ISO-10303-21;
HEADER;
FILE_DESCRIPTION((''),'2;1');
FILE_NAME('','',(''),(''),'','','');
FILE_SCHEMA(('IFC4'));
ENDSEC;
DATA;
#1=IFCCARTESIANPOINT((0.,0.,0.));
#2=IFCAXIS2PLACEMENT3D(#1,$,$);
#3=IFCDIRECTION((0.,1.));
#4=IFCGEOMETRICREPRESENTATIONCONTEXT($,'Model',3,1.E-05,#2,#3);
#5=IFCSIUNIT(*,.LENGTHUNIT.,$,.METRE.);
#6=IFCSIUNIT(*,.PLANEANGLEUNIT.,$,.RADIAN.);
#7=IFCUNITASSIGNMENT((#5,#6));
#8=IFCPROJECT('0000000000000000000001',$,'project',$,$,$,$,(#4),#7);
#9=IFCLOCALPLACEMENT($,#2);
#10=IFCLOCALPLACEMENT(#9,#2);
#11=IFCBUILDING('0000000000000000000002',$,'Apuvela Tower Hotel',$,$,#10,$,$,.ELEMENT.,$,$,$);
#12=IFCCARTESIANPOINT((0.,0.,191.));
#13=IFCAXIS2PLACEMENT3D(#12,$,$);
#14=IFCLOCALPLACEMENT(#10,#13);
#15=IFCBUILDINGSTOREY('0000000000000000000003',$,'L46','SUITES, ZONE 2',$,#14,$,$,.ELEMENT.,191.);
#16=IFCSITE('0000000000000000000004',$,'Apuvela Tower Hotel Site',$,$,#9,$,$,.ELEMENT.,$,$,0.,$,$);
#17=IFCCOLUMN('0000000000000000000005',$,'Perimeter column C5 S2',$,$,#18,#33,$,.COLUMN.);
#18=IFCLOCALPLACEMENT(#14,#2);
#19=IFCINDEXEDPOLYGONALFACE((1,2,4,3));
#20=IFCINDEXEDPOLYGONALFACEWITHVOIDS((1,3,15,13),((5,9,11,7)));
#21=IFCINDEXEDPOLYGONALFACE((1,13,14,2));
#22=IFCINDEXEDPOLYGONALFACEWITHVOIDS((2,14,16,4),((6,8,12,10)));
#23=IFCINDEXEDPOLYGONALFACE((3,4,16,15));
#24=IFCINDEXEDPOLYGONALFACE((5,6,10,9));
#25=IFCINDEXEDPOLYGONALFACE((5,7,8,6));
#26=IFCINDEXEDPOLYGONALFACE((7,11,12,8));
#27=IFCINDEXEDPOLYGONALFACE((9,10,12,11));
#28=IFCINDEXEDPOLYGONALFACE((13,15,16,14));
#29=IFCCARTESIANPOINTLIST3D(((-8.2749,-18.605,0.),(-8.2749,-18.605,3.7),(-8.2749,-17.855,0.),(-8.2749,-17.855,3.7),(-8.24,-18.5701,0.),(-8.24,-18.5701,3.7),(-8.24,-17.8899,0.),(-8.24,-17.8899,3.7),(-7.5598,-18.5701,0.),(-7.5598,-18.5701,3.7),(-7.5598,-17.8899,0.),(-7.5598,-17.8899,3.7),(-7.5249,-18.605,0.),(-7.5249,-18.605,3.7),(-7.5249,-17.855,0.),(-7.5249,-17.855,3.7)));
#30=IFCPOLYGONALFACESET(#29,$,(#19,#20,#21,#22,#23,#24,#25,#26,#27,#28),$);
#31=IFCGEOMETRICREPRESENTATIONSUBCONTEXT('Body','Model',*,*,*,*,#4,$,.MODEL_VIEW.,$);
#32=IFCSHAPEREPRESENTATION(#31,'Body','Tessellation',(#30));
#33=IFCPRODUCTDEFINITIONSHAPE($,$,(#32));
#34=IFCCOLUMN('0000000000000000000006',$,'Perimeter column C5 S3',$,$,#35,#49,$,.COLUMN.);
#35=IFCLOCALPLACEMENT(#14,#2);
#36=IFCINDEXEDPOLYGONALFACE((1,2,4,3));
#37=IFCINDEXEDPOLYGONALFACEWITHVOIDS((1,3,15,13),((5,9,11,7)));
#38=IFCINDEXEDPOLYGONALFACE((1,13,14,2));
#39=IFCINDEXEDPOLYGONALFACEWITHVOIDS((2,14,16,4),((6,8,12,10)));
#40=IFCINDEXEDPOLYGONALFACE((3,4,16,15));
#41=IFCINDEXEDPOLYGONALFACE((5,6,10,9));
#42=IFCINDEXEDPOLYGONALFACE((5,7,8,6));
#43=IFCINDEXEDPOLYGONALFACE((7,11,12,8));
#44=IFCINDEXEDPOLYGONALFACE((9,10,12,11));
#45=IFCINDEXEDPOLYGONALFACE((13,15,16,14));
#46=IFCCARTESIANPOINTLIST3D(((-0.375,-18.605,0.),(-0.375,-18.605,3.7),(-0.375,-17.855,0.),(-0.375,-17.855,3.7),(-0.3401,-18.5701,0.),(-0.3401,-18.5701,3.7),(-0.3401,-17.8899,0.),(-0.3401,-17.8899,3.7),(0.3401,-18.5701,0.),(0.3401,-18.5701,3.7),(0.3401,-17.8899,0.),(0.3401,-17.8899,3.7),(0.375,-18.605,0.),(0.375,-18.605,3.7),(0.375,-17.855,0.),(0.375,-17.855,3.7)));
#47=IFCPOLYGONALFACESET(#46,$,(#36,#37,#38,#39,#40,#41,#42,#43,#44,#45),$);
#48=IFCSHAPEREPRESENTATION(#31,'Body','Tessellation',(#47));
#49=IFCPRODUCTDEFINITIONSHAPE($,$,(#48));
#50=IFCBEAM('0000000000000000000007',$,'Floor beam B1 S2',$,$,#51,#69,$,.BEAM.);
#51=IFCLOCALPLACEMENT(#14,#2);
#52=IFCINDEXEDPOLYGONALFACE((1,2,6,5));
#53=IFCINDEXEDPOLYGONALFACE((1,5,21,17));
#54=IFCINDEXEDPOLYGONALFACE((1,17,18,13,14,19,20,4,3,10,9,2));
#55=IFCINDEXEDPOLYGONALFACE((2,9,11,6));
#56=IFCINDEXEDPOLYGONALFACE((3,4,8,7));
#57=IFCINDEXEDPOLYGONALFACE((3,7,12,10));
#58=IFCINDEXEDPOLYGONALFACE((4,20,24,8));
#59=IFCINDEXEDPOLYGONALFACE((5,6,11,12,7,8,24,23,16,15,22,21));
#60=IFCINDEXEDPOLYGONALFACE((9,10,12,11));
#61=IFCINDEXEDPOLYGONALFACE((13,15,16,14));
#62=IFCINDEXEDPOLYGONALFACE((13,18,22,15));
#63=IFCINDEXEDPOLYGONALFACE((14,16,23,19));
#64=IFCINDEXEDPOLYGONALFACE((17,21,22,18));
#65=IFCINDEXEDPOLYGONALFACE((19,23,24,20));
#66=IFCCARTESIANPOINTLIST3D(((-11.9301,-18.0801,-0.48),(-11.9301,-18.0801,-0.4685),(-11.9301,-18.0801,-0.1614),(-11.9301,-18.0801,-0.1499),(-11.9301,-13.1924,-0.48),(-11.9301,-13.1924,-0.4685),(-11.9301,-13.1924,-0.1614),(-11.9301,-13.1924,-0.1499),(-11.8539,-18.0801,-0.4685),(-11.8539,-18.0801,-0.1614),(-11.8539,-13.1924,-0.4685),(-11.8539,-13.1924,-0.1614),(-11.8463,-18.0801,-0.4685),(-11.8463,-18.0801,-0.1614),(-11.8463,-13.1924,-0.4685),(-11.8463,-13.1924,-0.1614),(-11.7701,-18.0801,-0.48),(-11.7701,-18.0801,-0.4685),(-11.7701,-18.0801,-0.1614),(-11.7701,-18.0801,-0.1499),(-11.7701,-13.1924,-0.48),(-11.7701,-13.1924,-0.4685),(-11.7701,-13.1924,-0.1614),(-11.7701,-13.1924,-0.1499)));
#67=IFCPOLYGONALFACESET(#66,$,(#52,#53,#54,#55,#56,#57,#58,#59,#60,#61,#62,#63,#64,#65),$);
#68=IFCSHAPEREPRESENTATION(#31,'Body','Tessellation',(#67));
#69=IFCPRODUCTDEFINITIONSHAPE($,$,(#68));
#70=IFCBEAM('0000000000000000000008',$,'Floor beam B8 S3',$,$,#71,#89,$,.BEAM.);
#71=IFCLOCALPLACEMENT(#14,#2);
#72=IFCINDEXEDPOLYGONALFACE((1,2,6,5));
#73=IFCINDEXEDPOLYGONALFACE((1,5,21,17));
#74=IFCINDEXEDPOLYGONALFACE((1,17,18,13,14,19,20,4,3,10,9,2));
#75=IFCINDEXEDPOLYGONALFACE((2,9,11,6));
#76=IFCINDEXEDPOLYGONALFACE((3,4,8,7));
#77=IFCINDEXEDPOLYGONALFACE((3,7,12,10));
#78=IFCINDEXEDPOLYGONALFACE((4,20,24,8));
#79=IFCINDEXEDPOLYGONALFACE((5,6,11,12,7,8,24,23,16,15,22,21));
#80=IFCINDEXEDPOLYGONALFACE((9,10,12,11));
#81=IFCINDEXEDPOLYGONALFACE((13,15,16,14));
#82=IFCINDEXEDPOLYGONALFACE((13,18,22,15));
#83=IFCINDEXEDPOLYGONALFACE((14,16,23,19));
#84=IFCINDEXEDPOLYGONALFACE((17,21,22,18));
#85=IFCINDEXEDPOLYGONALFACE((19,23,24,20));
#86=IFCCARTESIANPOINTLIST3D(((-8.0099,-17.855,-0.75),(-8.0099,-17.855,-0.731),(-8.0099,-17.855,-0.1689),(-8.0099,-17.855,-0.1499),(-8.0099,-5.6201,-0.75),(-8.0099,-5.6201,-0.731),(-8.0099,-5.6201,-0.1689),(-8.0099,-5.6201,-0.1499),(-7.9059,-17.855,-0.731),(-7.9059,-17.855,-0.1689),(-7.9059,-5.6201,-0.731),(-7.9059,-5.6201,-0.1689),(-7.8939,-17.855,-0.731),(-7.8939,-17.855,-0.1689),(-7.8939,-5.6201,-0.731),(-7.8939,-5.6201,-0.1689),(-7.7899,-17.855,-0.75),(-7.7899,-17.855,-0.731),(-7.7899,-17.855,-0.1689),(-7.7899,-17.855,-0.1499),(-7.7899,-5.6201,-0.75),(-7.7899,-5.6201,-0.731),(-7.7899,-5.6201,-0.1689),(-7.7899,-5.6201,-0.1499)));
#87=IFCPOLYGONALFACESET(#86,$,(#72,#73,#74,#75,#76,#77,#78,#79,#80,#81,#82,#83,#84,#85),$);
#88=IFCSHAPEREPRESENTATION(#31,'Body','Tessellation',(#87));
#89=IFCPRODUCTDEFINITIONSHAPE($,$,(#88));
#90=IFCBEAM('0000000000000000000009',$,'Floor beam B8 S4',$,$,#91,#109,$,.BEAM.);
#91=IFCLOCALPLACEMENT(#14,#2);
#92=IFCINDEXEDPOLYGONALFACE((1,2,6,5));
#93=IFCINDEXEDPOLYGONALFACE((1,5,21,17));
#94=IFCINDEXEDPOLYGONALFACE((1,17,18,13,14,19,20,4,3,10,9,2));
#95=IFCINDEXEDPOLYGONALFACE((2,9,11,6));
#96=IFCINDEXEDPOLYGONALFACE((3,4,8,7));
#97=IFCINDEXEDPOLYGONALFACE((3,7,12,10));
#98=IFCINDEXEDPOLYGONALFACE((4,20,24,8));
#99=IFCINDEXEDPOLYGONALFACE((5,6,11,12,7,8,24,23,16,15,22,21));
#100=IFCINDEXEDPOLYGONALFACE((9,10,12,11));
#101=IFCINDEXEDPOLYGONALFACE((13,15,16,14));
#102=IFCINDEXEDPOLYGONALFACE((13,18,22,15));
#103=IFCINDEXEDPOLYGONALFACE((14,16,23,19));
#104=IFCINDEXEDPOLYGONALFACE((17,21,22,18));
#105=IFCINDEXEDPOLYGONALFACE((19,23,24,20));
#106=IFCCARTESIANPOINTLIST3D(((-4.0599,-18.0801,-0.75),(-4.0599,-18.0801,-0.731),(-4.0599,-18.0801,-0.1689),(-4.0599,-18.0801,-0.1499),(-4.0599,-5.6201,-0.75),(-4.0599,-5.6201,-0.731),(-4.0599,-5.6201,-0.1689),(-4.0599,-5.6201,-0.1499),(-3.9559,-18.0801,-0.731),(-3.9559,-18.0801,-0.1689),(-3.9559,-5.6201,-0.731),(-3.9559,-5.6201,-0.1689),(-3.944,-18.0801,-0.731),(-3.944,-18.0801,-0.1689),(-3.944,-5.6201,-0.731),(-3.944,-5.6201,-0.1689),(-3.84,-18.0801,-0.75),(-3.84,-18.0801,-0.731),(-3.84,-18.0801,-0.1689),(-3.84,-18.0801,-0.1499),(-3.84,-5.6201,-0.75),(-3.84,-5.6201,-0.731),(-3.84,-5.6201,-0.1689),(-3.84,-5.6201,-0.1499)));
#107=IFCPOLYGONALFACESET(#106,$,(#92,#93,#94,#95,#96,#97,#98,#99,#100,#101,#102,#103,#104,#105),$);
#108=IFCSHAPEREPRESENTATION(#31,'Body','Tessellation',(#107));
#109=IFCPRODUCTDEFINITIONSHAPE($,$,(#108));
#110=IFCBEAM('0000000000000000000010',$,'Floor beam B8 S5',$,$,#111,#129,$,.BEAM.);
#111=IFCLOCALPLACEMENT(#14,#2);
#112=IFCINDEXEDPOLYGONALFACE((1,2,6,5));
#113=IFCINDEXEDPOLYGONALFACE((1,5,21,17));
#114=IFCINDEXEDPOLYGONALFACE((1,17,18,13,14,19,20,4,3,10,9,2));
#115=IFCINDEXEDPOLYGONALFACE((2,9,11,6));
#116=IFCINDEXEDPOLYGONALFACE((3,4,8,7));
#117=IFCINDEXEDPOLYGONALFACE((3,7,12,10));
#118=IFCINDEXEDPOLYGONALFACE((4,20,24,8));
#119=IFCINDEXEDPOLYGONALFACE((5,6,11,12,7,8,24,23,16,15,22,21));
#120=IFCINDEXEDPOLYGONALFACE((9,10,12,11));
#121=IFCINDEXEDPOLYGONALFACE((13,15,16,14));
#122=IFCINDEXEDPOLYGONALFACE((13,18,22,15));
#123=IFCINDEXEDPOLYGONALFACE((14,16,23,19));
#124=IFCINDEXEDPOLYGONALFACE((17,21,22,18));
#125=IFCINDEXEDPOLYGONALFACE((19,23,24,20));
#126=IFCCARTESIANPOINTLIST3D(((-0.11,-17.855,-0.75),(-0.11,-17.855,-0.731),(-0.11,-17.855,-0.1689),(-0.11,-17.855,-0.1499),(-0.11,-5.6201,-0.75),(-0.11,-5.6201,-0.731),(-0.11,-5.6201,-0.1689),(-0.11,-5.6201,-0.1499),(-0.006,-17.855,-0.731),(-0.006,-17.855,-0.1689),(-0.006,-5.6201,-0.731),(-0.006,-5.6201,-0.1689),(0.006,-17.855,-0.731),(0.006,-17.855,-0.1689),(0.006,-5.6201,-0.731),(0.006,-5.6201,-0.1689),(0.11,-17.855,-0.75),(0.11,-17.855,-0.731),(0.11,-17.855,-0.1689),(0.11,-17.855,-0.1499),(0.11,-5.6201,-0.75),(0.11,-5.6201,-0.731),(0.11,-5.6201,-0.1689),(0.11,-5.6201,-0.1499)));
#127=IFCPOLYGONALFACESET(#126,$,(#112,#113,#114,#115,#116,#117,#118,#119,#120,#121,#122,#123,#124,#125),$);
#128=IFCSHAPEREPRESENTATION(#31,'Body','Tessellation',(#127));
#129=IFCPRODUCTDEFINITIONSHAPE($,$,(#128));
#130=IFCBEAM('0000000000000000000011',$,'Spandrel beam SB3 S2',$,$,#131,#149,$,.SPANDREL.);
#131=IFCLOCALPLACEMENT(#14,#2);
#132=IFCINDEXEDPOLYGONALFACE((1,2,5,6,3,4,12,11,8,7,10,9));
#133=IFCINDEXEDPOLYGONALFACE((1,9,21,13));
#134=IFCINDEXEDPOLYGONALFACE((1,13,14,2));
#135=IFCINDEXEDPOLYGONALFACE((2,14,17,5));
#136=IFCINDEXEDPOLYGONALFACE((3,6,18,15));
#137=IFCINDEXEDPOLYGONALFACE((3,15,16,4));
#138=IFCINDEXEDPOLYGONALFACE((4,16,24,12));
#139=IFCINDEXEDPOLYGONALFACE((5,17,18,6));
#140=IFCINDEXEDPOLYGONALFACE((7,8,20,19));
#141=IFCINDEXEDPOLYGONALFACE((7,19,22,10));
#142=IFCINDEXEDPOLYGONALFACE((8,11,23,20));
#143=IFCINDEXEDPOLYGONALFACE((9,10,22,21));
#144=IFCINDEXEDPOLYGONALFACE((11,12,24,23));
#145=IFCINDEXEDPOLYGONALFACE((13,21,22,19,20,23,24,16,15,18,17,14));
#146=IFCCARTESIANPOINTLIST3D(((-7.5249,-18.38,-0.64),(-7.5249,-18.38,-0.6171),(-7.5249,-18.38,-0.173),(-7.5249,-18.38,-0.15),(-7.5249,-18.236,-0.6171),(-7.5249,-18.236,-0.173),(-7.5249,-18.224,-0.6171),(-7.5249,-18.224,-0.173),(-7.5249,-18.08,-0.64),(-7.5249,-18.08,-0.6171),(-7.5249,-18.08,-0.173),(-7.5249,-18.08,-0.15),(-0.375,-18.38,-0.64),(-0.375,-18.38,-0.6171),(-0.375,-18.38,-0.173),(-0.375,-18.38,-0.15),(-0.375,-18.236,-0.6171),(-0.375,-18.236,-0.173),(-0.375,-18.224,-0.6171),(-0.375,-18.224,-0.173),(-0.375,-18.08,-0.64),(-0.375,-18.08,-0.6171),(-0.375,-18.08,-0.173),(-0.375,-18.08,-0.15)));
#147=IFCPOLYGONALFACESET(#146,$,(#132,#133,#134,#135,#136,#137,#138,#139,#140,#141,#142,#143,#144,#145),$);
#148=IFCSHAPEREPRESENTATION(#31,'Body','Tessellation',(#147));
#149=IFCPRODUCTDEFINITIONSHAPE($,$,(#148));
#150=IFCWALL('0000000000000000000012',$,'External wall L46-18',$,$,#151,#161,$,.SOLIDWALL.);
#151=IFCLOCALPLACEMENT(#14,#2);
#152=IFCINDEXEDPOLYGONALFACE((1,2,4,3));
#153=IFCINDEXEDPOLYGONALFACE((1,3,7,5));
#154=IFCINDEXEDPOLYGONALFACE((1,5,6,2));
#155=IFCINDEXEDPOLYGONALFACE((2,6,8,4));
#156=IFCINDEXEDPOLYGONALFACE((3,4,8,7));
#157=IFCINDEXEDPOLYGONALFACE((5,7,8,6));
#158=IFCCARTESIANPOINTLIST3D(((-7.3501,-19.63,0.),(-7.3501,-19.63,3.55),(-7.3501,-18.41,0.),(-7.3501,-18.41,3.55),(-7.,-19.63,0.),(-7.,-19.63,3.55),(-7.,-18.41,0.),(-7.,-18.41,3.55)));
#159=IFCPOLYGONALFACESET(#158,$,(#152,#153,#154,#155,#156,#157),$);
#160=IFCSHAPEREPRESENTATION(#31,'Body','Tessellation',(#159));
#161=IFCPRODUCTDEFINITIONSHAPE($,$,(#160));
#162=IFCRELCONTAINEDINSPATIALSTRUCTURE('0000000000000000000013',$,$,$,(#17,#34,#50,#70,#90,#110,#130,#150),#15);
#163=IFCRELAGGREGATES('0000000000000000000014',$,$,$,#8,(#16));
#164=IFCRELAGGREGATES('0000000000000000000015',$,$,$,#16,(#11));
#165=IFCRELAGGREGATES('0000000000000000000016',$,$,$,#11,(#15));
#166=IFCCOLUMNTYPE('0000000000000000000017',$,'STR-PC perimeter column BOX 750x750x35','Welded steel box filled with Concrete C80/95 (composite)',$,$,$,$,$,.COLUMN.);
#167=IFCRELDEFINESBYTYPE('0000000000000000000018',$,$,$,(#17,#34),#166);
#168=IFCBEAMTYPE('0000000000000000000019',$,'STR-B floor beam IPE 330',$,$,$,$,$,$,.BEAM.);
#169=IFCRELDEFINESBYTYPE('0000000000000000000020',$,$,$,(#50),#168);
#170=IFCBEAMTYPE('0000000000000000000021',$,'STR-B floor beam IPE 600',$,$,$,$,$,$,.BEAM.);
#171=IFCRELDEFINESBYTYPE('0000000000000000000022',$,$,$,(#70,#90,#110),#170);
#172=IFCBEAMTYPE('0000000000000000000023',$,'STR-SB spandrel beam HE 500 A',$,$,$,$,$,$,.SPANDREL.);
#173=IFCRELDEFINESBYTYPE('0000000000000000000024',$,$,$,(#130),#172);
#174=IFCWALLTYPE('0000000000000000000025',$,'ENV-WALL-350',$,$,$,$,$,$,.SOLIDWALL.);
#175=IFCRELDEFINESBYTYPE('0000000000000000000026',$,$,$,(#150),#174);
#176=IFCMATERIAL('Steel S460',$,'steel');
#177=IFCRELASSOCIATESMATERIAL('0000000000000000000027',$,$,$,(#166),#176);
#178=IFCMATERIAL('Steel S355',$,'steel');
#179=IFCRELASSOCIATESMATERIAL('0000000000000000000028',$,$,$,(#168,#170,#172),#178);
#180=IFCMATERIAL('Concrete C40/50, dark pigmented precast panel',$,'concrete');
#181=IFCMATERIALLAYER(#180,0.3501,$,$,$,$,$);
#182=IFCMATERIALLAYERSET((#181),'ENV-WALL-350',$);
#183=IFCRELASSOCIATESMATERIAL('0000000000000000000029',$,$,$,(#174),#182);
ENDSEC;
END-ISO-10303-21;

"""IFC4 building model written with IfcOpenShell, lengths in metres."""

from ifc_helpers import new_model, si_unit, direction, frame, frame_2d, origin, origin_2d, place, context, subcontext, project, spatial, rectangle, hollow_rectangle, i_section, extrude, material, layer, layer_set, material_profile, profile_set, type_object, element, save


model = new_model("IFC4")

# Units and contexts
model_context = context("Model", 3, precision=1e-05, world=origin(), true_north=direction((0.0, 1.0)))
body_context = subcontext(model_context, "Body", "Model", "MODEL_VIEW")
ifc_project = project(units=[si_unit("LENGTHUNIT", "METRE"), si_unit("PLANEANGLEUNIT", "RADIAN")], contexts=[model_context])

# Site, building, storey
site_placement = place(None, origin())
site = spatial("IfcSite", under=ifc_project, at=site_placement, Name="Apuvela Tower Hotel Site", CompositionType="ELEMENT", RefElevation=0.0)
building_placement = place(site_placement, origin())
building = spatial("IfcBuilding", under=site, at=building_placement, Name="Apuvela Tower Hotel", CompositionType="ELEMENT")
storey_placement = place(building_placement, frame((0.0, 0.0, 191.0)))
storey = spatial("IfcBuildingStorey", under=building, at=storey_placement, Name="L46", Description="SUITES, ZONE 2", CompositionType="ELEMENT", Elevation=191.0)

# Columns
ifc_material_1 = material(Name="Steel S460", Category="steel")
ifc_material_profile_1 = material_profile(ifc_material_1, hollow_rectangle(XDim=0.75, YDim=0.75, WallThickness=0.0349, at=origin_2d()), Name="BOX 750x750x35")
ifc_material_2 = material(Name="Concrete C80/95", Category="concrete")
ifc_material_profile_2 = material_profile(ifc_material_2, rectangle(XDim=0.6799, YDim=0.6799, at=origin_2d()), Name="Concrete C80/95 infill")
ifc_profile_set_1 = profile_set([ifc_material_profile_1, ifc_material_profile_2], Name="Steel S460")
column_type = type_object("IfcColumnType", Name="STR-PC perimeter column BOX 750x750x35", Description="Welded steel box filled with Concrete C80/95 (composite)", PredefinedType="COLUMN", material=ifc_profile_set_1)
for number, where, z_axis, x_axis, name in (
    (1, (-7.8999, -18.23, 0.0), (0.0, 0.0, 1.0), (-1.0, 0.0, 0.0), "Perimeter column C5 S2"),
    (2, (0.0, -18.23, 0.0), (0.0, 0.0, 1.0), (-1.0, 0.0, 0.0), "Perimeter column C5 S3"),
):
    element("IfcColumn", number, at=place(storey_placement, frame(where, z_axis=z_axis, x_axis=x_axis)), inside=storey, type_object=column_type, Name=name, PredefinedType="COLUMN", context=body_context, shape_type="SweptSolid", body=[
        extrude(hollow_rectangle(XDim=0.75, YDim=0.75, WallThickness=0.0349, at=origin_2d()), origin(), (0.0, 0.0, 1.0), 3.7),
    ])

# Beams
ifc_material_3 = material(Name="Steel S355", Category="steel")
ifc_material_profile_3 = material_profile(ifc_material_3, i_section(OverallWidth=0.1599, OverallDepth=0.3301, WebThickness=0.0076, FlangeThickness=0.0115, at=origin_2d()), Name="IPE 330")
ifc_profile_set_2 = profile_set([ifc_material_profile_3], Name="Steel S355")
beam_type_1 = type_object("IfcBeamType", Name="STR-B floor beam IPE 330", PredefinedType="BEAM", material=ifc_profile_set_2)
beam_1_placement = place(storey_placement, frame((-11.8501, -18.0801, -0.3149), z_axis=(0.0, 1.0, 0.0), x_axis=(-1.0, 0.0, 0.0)))
element("IfcBeam", 3, at=beam_1_placement, inside=storey, type_object=beam_type_1, Name="Floor beam B1 S2", PredefinedType="BEAM", context=body_context, shape_type="SweptSolid", body=[
    extrude(i_section(OverallWidth=0.1599, OverallDepth=0.3301, WebThickness=0.0076, FlangeThickness=0.0115, at=origin_2d()), origin(), (0.0, 0.0, 1.0), 4.8877),
])
ifc_material_profile_4 = material_profile(ifc_material_3, i_section(OverallWidth=0.22, OverallDepth=0.6001, WebThickness=0.012, FlangeThickness=0.019, at=origin_2d()), Name="IPE 600")
ifc_profile_set_3 = profile_set([ifc_material_profile_4], Name="Steel S355")
beam_type_2 = type_object("IfcBeamType", Name="STR-B floor beam IPE 600", PredefinedType="BEAM", material=ifc_profile_set_3)
beam_2_placement = place(storey_placement, frame((-7.8999, -17.855, -0.45), z_axis=(0.0, 1.0, 0.0), x_axis=(-1.0, 0.0, 0.0)))
element("IfcBeam", 4, at=beam_2_placement, inside=storey, type_object=beam_type_2, Name="Floor beam B8 S3", PredefinedType="BEAM", context=body_context, shape_type="SweptSolid", body=[
    extrude(i_section(OverallWidth=0.22, OverallDepth=0.6001, WebThickness=0.012, FlangeThickness=0.019, at=origin_2d()), origin(), (0.0, 0.0, 1.0), 12.2349),
])
beam_3_placement = place(storey_placement, frame((-3.95, -18.0801, -0.45), z_axis=(0.0, 1.0, 0.0), x_axis=(-1.0, 0.0, 0.0)))
element("IfcBeam", 5, at=beam_3_placement, inside=storey, type_object=beam_type_2, Name="Floor beam B8 S4", PredefinedType="BEAM", context=body_context, shape_type="SweptSolid", body=[
    extrude(i_section(OverallWidth=0.22, OverallDepth=0.6001, WebThickness=0.012, FlangeThickness=0.019, at=origin_2d()), origin(), (0.0, 0.0, 1.0), 12.46),
])
beam_4_placement = place(storey_placement, frame((0.0, -17.855, -0.45), z_axis=(0.0, 1.0, 0.0), x_axis=(-1.0, 0.0, 0.0)))
element("IfcBeam", 6, at=beam_4_placement, inside=storey, type_object=beam_type_2, Name="Floor beam B8 S5", PredefinedType="BEAM", context=body_context, shape_type="SweptSolid", body=[
    extrude(i_section(OverallWidth=0.22, OverallDepth=0.6001, WebThickness=0.012, FlangeThickness=0.019, at=origin_2d()), origin(), (0.0, 0.0, 1.0), 12.2349),
])
ifc_material_profile_5 = material_profile(ifc_material_3, i_section(OverallWidth=0.3, OverallDepth=0.49, WebThickness=0.012, FlangeThickness=0.0229, at=origin_2d()), Name="HE 500 A")
ifc_profile_set_4 = profile_set([ifc_material_profile_5], Name="Steel S355")
beam_type_3 = type_object("IfcBeamType", Name="STR-SB spandrel beam HE 500 A", PredefinedType="SPANDREL", material=ifc_profile_set_4)
beam_5_placement = place(storey_placement, frame((-7.5249, -18.23, -0.395), z_axis=(1.0, 0.0, 0.0), x_axis=(0.0, 1.0, 0.0)))
element("IfcBeam", 7, at=beam_5_placement, inside=storey, type_object=beam_type_3, Name="Spandrel beam SB3 S2", PredefinedType="SPANDREL", context=body_context, shape_type="SweptSolid", body=[
    extrude(i_section(OverallWidth=0.3, OverallDepth=0.49, WebThickness=0.012, FlangeThickness=0.0229, at=origin_2d()), origin(), (0.0, 0.0, 1.0), 7.1499),
])

# Wall
ifc_material_4 = material(Name="Concrete C40/50, dark pigmented precast panel", Category="concrete")
ifc_layer_1 = layer(ifc_material_4, 0.3501)
ifc_layer_set_1 = layer_set([ifc_layer_1], Name="ENV-WALL-350")
wall_type_1 = type_object("IfcWallType", Name="ENV-WALL-350", PredefinedType="SOLIDWALL", material=ifc_layer_set_1)
wall_1_placement = place(storey_placement, frame((-7.175, -19.6299, 0.0), z_axis=(0.0, 0.0, 1.0), x_axis=(0.0, 1.0, 0.0)))
element("IfcWall", 8, at=wall_1_placement, inside=storey, type_object=wall_type_1, Name="External wall L46-18", PredefinedType="SOLIDWALL", context=body_context, shape_type="SweptSolid", body=[
    extrude(rectangle(XDim=1.22, YDim=0.3501, at=frame_2d((0.6099, 0.0))), origin(), (0.0, 0.0, 1.0), 3.55),
])

save(model, "model.ifc")
